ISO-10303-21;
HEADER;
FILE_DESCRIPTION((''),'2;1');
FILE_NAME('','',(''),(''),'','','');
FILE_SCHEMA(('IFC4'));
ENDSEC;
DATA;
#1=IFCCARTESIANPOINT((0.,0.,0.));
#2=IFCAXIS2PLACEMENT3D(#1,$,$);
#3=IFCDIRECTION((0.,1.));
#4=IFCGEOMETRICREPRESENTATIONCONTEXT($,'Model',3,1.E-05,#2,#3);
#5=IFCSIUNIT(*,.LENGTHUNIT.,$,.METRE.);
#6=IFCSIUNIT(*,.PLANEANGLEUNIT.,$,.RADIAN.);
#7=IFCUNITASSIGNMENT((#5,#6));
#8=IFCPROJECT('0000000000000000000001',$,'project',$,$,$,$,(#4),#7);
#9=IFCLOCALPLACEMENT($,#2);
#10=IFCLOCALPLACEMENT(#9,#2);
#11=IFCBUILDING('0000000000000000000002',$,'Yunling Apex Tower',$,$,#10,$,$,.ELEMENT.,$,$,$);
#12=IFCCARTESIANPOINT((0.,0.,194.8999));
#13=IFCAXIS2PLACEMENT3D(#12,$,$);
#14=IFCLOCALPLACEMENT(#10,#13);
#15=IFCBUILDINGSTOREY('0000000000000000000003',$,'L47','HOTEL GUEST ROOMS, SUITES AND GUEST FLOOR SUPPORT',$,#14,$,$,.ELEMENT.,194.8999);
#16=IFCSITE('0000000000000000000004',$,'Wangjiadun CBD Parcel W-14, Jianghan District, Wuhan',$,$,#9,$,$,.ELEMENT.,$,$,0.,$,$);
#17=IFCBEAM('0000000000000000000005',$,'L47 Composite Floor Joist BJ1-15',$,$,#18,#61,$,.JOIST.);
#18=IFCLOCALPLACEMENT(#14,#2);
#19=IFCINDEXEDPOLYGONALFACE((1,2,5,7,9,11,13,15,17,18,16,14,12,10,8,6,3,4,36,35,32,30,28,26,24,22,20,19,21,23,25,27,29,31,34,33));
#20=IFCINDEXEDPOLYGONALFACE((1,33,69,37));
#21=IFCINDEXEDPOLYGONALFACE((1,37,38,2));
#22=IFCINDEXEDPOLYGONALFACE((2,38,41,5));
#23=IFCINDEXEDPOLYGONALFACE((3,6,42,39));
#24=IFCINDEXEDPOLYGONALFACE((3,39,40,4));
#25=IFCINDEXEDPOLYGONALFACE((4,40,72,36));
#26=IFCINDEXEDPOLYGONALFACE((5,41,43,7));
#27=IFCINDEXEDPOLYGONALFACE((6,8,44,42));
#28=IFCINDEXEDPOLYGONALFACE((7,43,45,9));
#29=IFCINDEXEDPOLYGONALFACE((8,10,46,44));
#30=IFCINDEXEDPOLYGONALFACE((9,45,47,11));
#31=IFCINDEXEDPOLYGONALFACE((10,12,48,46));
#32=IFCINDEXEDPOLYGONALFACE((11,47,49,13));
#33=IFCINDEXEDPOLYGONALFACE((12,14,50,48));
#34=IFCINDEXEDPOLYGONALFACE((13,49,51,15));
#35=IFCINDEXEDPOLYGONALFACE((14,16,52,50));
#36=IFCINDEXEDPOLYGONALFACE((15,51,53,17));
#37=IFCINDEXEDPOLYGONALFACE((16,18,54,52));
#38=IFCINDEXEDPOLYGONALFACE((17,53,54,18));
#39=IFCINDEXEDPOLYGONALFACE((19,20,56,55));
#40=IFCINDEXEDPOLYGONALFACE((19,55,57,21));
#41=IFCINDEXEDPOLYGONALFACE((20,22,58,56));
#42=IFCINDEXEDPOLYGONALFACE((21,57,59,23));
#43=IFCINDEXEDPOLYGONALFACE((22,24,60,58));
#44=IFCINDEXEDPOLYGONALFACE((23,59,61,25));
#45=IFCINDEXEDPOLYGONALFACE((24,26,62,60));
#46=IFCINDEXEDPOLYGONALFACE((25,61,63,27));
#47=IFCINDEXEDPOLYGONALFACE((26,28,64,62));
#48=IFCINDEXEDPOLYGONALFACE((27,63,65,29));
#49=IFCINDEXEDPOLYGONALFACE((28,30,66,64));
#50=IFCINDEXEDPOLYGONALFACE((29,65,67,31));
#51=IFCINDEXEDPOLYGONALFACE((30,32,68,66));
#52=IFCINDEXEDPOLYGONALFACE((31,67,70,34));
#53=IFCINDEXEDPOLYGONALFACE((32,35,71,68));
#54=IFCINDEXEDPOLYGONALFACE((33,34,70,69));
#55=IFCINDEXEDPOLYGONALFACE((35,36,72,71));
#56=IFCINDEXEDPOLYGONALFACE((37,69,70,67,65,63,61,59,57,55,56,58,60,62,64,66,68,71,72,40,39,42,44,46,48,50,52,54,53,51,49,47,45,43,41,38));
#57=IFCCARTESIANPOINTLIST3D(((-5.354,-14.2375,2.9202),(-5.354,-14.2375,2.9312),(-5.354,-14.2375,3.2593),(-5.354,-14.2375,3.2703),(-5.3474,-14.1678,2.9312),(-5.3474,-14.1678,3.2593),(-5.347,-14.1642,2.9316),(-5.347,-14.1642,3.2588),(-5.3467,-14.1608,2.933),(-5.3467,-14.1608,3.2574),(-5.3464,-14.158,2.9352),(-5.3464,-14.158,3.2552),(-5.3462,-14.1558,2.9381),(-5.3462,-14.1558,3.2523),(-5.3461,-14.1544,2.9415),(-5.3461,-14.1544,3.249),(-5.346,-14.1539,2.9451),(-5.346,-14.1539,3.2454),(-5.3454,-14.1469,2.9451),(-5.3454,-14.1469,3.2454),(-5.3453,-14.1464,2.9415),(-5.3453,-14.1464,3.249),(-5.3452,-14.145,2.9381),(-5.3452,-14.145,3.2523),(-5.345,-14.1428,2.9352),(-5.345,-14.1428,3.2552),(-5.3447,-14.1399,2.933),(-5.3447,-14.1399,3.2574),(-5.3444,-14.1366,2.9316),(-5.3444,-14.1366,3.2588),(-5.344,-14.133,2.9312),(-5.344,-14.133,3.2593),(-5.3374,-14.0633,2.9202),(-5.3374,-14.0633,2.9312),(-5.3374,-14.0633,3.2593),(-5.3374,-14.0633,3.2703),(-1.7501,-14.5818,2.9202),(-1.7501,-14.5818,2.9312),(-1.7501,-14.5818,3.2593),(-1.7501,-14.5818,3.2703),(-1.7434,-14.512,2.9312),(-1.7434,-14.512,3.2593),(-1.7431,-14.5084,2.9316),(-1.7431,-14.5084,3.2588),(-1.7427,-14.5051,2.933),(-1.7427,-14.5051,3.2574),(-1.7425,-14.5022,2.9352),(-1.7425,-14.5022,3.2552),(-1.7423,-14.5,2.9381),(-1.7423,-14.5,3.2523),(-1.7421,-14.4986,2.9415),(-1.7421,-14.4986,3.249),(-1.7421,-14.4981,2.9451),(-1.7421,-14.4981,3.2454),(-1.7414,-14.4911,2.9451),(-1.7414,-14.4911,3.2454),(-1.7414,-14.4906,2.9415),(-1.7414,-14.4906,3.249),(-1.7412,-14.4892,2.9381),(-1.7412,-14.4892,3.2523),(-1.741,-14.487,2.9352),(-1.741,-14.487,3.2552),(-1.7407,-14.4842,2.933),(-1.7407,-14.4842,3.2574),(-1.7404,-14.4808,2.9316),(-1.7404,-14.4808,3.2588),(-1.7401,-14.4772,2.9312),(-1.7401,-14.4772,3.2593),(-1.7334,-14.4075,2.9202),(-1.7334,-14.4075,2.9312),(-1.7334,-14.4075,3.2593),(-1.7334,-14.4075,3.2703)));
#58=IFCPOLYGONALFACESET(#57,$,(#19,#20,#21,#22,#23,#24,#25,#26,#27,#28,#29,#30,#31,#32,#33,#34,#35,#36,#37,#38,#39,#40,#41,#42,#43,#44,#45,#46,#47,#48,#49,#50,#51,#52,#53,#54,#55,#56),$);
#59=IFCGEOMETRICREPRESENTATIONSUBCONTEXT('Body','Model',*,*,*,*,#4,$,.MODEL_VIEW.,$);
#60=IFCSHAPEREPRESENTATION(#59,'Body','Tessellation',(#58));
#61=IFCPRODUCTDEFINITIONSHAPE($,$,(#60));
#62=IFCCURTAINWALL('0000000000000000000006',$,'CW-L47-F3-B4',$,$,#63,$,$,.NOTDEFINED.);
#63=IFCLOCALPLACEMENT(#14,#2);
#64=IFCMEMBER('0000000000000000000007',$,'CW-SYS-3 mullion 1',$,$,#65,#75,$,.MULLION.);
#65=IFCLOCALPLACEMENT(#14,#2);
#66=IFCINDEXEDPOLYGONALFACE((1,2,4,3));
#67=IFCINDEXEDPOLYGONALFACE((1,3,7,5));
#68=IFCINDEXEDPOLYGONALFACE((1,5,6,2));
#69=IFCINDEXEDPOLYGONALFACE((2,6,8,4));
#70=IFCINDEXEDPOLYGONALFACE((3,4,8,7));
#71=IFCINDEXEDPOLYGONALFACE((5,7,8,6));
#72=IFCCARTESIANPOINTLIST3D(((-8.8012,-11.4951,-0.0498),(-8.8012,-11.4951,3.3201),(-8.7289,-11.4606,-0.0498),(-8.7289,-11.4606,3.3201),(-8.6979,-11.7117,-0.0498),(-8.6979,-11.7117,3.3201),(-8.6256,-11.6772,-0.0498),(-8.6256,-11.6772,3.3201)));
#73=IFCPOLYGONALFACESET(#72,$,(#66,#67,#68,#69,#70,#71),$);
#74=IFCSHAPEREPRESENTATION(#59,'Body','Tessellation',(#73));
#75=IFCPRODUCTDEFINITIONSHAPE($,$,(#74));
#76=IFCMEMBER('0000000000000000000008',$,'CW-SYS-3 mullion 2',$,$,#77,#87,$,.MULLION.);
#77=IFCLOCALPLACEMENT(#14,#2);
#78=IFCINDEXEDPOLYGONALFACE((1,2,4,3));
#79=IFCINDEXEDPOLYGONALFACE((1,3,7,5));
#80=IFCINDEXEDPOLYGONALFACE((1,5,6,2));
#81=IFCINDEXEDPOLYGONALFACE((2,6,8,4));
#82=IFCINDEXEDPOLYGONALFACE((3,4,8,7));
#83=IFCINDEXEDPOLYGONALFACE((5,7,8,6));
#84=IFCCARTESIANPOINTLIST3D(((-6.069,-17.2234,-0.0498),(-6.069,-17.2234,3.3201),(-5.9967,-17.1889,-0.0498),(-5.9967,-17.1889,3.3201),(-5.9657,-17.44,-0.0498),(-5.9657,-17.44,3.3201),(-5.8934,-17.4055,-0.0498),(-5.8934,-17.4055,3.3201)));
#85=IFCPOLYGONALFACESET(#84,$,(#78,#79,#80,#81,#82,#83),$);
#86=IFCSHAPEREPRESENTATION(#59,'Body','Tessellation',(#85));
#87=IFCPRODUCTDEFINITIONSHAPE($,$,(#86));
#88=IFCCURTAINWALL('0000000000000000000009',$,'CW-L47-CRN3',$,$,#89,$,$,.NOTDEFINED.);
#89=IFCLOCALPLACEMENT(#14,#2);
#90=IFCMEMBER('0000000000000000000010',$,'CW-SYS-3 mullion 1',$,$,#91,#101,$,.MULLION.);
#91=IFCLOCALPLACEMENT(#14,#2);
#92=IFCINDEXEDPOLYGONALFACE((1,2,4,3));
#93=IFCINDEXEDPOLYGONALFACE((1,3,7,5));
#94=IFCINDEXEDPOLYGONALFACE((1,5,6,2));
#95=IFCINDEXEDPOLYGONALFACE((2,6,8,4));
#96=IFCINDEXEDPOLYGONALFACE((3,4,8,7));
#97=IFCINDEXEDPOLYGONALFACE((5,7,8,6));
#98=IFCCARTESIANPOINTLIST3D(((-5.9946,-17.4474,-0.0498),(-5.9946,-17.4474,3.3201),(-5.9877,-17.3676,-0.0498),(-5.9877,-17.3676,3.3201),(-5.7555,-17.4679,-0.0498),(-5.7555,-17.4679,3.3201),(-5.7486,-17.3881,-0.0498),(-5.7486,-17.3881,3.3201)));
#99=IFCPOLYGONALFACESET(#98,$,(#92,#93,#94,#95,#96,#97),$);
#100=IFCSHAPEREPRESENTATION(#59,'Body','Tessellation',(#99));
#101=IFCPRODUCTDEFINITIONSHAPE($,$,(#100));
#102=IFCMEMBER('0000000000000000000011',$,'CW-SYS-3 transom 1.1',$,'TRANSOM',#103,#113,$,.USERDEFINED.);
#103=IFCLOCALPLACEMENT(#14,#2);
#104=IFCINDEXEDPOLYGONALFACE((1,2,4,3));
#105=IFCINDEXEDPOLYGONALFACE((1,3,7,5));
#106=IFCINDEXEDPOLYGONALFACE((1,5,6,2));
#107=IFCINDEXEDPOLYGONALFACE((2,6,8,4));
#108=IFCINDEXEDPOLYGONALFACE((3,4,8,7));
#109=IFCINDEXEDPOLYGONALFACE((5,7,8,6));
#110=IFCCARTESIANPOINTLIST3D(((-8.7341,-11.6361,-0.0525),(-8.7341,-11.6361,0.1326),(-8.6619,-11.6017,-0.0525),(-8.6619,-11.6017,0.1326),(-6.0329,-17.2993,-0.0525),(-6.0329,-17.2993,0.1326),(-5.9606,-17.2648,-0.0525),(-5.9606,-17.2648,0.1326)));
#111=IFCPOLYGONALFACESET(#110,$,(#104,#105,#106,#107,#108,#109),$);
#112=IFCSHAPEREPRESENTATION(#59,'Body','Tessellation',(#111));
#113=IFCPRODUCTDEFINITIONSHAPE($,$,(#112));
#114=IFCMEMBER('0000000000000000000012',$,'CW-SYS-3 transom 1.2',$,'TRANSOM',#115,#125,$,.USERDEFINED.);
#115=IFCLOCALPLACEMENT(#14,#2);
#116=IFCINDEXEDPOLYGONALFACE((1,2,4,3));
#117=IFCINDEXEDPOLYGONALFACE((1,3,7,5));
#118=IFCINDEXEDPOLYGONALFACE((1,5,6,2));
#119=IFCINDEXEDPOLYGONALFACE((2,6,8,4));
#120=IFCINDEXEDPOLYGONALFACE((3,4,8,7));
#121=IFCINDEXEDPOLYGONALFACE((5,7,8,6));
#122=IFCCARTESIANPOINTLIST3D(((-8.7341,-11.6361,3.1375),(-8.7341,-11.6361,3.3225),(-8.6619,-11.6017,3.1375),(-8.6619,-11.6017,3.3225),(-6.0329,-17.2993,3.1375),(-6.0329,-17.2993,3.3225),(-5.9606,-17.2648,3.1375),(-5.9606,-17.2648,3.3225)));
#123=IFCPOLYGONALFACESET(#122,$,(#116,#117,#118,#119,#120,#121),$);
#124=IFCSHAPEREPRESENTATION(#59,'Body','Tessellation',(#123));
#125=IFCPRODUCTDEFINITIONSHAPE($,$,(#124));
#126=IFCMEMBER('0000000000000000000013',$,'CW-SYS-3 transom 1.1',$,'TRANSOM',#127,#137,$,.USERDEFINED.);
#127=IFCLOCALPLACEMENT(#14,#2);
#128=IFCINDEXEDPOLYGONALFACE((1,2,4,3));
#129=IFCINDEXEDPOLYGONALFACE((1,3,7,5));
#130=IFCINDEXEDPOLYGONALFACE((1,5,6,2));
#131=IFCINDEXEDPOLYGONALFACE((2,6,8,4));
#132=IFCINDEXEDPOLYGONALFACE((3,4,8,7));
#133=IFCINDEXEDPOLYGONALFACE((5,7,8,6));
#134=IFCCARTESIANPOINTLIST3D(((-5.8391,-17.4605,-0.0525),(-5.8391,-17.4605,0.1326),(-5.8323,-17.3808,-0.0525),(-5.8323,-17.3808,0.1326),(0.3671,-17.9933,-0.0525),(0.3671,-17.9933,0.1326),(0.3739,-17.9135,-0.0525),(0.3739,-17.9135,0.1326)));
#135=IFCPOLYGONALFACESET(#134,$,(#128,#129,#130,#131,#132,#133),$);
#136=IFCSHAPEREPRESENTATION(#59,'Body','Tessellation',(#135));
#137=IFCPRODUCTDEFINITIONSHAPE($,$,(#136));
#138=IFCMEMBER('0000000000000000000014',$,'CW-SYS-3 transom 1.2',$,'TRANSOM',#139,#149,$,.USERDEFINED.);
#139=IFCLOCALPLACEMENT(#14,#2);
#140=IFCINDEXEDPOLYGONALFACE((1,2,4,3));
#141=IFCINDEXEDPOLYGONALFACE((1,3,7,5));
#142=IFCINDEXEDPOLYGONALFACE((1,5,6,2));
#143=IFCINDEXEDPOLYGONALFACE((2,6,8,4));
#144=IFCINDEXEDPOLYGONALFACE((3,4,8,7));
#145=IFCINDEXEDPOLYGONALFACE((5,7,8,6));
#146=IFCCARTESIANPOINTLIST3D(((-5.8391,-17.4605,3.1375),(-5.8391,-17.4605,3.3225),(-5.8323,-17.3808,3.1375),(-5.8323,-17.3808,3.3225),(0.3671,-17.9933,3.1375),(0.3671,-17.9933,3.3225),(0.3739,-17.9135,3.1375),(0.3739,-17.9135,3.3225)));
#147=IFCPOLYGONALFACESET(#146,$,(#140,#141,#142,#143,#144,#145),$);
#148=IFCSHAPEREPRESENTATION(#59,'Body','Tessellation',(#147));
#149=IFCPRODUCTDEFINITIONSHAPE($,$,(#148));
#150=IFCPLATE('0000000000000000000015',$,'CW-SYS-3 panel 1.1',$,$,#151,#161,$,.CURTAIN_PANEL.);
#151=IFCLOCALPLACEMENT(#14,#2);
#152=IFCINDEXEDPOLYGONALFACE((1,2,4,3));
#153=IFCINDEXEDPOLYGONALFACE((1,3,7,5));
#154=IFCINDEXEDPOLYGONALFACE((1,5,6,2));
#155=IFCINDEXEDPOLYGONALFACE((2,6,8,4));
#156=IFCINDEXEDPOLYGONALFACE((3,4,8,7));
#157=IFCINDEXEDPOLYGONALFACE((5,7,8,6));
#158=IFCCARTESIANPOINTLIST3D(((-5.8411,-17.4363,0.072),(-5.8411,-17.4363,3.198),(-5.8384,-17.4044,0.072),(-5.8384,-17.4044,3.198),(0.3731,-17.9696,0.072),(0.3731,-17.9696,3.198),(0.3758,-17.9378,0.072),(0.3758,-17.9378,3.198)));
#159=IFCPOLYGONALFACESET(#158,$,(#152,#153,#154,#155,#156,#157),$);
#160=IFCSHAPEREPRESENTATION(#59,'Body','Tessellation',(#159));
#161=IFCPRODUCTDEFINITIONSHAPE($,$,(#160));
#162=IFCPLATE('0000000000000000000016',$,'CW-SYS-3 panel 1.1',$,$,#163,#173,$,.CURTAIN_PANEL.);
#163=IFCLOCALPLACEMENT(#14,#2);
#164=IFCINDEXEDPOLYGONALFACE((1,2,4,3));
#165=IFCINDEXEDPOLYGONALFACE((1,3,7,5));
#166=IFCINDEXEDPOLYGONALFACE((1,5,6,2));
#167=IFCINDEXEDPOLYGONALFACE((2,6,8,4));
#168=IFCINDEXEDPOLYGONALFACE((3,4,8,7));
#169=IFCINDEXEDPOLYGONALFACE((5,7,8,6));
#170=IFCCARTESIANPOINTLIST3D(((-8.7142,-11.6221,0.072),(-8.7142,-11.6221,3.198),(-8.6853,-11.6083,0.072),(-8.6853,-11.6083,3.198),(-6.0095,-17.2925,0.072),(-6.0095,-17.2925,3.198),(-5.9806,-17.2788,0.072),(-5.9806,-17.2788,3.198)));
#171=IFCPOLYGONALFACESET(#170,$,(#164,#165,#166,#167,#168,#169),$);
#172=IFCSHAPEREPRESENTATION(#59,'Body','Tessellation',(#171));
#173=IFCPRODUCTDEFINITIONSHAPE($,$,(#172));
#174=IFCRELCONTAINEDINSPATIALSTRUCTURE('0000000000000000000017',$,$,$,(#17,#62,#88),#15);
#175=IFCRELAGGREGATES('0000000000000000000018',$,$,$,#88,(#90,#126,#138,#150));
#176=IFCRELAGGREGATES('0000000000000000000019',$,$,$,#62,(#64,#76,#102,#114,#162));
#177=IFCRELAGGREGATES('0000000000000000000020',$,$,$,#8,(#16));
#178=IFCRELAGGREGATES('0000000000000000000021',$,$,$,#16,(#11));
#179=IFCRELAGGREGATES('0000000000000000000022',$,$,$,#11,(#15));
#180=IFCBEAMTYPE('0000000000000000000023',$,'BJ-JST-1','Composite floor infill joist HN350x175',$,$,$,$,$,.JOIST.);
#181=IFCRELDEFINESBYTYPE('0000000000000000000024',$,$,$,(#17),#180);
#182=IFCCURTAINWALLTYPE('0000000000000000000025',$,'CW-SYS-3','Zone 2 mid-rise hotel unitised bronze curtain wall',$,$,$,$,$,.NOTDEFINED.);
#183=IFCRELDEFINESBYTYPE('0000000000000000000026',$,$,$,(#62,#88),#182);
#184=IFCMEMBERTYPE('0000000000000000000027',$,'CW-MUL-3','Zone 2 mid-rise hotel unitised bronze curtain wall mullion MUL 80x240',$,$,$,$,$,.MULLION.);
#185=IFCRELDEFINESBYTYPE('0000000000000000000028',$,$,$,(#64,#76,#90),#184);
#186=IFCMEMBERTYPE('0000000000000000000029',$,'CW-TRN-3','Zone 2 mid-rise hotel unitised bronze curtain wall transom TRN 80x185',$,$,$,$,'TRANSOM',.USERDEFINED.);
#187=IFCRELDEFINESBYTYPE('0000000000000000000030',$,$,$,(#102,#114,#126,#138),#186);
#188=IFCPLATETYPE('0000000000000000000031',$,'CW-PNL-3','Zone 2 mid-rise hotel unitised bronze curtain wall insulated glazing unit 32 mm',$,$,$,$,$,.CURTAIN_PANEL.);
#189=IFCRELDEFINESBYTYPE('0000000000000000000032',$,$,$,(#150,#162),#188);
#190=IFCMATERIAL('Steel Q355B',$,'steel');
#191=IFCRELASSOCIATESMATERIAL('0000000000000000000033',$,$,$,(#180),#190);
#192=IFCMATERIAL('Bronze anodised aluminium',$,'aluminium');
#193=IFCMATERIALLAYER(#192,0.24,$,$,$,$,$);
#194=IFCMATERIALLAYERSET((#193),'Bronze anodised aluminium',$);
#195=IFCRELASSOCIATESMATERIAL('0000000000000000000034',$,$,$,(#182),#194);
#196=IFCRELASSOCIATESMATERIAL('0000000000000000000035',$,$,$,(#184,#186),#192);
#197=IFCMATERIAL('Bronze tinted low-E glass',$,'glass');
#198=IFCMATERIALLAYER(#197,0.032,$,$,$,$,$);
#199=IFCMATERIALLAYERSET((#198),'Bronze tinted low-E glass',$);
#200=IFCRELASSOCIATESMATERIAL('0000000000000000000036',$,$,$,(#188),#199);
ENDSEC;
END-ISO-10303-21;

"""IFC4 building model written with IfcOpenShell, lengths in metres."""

from ifc_helpers import new_model, si_unit, direction, frame, origin, origin_2d, place, context, subcontext, project, spatial, rectangle, i_section, extrude, source, transform, mapped, material, layer, layer_set, material_profile, profile_set, type_object, element, aggregate, save


model = new_model("IFC4")

# Units and contexts
model_context = context("Model", 3, precision=1e-05, world=origin(), true_north=direction((0.0, 1.0)))
body_context = subcontext(model_context, "Body", "Model", "MODEL_VIEW")
ifc_project = project(units=[si_unit("LENGTHUNIT", "METRE"), si_unit("PLANEANGLEUNIT", "RADIAN")], contexts=[model_context])

# Site, building, storey
site_placement = place(None, origin())
site = spatial("IfcSite", under=ifc_project, at=site_placement, Name="Wangjiadun CBD Parcel W-14, Jianghan District, Wuhan", CompositionType="ELEMENT", RefElevation=0.0)
building_placement = place(site_placement, origin())
building = spatial("IfcBuilding", under=site, at=building_placement, Name="Yunling Apex Tower", CompositionType="ELEMENT")
storey_placement = place(building_placement, frame((0.0, 0.0, 194.8999)))
storey = spatial("IfcBuildingStorey", under=building, at=storey_placement, Name="L47", Description="HOTEL GUEST ROOMS, SUITES AND GUEST FLOOR SUPPORT", CompositionType="ELEMENT", Elevation=194.8999)

# Beam
ifc_material_1 = material(Name="Steel Q355B", Category="steel")
ifc_material_profile_1 = material_profile(ifc_material_1, i_section(OverallWidth=0.175, OverallDepth=0.3501, WebThickness=0.0071, FlangeThickness=0.011, FilletRadius=0.0139, at=origin_2d()))
ifc_profile_set_1 = profile_set([ifc_material_profile_1], Name="Steel Q355B")
beam_type_1 = type_object("IfcBeamType", Name="BJ-JST-1", Description="Composite floor infill joist HN350x175", PredefinedType="JOIST", material=ifc_profile_set_1)
shared_shape_1 = source(origin(), body_context, "Body", "SweptSolid", [
    extrude(i_section(OverallWidth=0.175, OverallDepth=0.3501, WebThickness=0.0071, FlangeThickness=0.011, FilletRadius=0.0139, at=origin_2d()), origin(), (0.0, 0.0, 1.0), 3.6204),
])
beam_1_placement = place(storey_placement, frame((-5.3457, -14.1504, 3.0952), z_axis=(0.995469, -0.095083, 0.0), x_axis=(0.095083, 0.995469, 0.0)))
element("IfcBeam", 1, at=beam_1_placement, inside=storey, type_object=beam_type_1, Name="L47 Composite Floor Joist BJ1-15", PredefinedType="JOIST", context=body_context, shape_type="MappedRepresentation", body=[
    mapped(shared_shape_1, transform((0.0, 0.0, 0.0), scale=1.0)),
])

# Curtain wall, members
ifc_material_2 = material(Name="Bronze anodised aluminium", Category="aluminium")
ifc_layer_1 = layer(ifc_material_2, 0.24)
ifc_layer_set_1 = layer_set([ifc_layer_1], Name="Bronze anodised aluminium")
curtain_wall_type = type_object("IfcCurtainWallType", Name="CW-SYS-3", Description="Zone 2 mid-rise hotel unitised bronze curtain wall", PredefinedType="NOTDEFINED", material=ifc_layer_set_1)
curtain_wall_1_placement = place(storey_placement, origin())
curtain_wall_1 = element("IfcCurtainWall", 2, at=curtain_wall_1_placement, inside=storey, type_object=curtain_wall_type, Name="CW-L47-F3-B4", PredefinedType="NOTDEFINED")
ifc_material_profile_2 = material_profile(ifc_material_2, rectangle(XDim=0.0801, YDim=0.24, at=origin_2d()))
ifc_profile_set_2 = profile_set([ifc_material_profile_2], Name="Bronze anodised aluminium")
member_type_1 = type_object("IfcMemberType", Name="CW-MUL-3", Description="Zone 2 mid-rise hotel unitised bronze curtain wall mullion MUL 80x240", PredefinedType="MULLION", material=ifc_profile_set_2)
shared_shape_2 = source(origin(), body_context, "Body", "SweptSolid", [
    extrude(rectangle(XDim=0.0801, YDim=0.24, at=origin_2d()), origin(), (0.0, 0.0, 1.0), 3.3699),
])
member_1_placement = place(storey_placement, frame((-8.7134, -11.5862, -0.0498), z_axis=(0.0, 0.0, 1.0), x_axis=(0.902582, 0.430518, 0.0)))
member_1 = element("IfcMember", 3, at=member_1_placement, type_object=member_type_1, Name="CW-SYS-3 mullion 1", PredefinedType="MULLION", context=body_context, shape_type="MappedRepresentation", body=[
    mapped(shared_shape_2, transform((0.0, 0.0, 0.0), scale=1.0)),
])
member_2_placement = place(storey_placement, frame((-5.9812, -17.3145, -0.0498), z_axis=(0.0, 0.0, 1.0), x_axis=(0.902582, 0.430518, 0.0)))
member_2 = element("IfcMember", 4, at=member_2_placement, type_object=member_type_1, Name="CW-SYS-3 mullion 2", PredefinedType="MULLION", context=body_context, shape_type="MappedRepresentation", body=[
    mapped(shared_shape_2, transform((0.0, 0.0, 0.0), scale=1.0)),
])

# Curtain wall, member
curtain_wall_2_placement = place(storey_placement, origin())
curtain_wall_2 = element("IfcCurtainWall", 5, at=curtain_wall_2_placement, inside=storey, type_object=curtain_wall_type, Name="CW-L47-CRN3", PredefinedType="NOTDEFINED")
member_3_placement = place(storey_placement, frame((-5.8716, -17.4177, -0.0498), z_axis=(0.0, 0.0, 1.0), x_axis=(0.085517, 0.996337, 0.0)))
member_3 = element("IfcMember", 6, at=member_3_placement, type_object=member_type_1, Name="CW-SYS-3 mullion 1", PredefinedType="MULLION", context=body_context, shape_type="MappedRepresentation", body=[
    mapped(shared_shape_2, transform((0.0, 0.0, 0.0), scale=1.0)),
])

# Members
ifc_material_profile_3 = material_profile(ifc_material_2, rectangle(XDim=0.0801, YDim=0.1851, at=origin_2d()))
ifc_profile_set_3 = profile_set([ifc_material_profile_3], Name="Bronze anodised aluminium")
member_type_2 = type_object("IfcMemberType", Name="CW-TRN-3", Description="Zone 2 mid-rise hotel unitised bronze curtain wall transom TRN 80x185", ElementType="TRANSOM", PredefinedType="USERDEFINED", material=ifc_profile_set_3)
shared_shape_3 = source(origin(), body_context, "Body", "SweptSolid", [
    extrude(rectangle(XDim=0.0801, YDim=0.1851, at=origin_2d()), origin(), (0.0, 0.0, 1.0), 6.2744),
])
member_4_placement = place(storey_placement, frame((-8.698, -11.6189, 0.04), z_axis=(0.430513, -0.902584, 0.0), x_axis=(0.902584, 0.430513, 0.0)))
member_4 = element("IfcMember", 7, at=member_4_placement, type_object=member_type_2, Name="CW-SYS-3 transom 1.1", ObjectType="TRANSOM", PredefinedType="USERDEFINED", context=body_context, shape_type="MappedRepresentation", body=[
    mapped(shared_shape_3, transform((0.0, 0.0, 0.0), scale=1.0)),
])
member_5_placement = place(storey_placement, frame((-8.698, -11.6189, 3.23), z_axis=(0.430513, -0.902584, 0.0), x_axis=(0.902584, 0.430513, 0.0)))
member_5 = element("IfcMember", 8, at=member_5_placement, type_object=member_type_2, Name="CW-SYS-3 transom 1.2", ObjectType="TRANSOM", PredefinedType="USERDEFINED", context=body_context, shape_type="MappedRepresentation", body=[
    mapped(shared_shape_3, transform((0.0, 0.0, 0.0), scale=1.0)),
])
shared_shape_4 = source(origin(), body_context, "Body", "SweptSolid", [
    extrude(rectangle(XDim=0.0801, YDim=0.1851, at=origin_2d()), origin(), (0.0, 0.0, 1.0), 6.229),
])
member_6_placement = place(storey_placement, frame((-5.8357, -17.4207, 0.04), z_axis=(0.996336, -0.08552, 0.0), x_axis=(0.08552, 0.996336, 0.0)))
member_6 = element("IfcMember", 9, at=member_6_placement, type_object=member_type_2, Name="CW-SYS-3 transom 1.1", ObjectType="TRANSOM", PredefinedType="USERDEFINED", context=body_context, shape_type="MappedRepresentation", body=[
    mapped(shared_shape_4, transform((0.0, 0.0, 0.0), scale=1.0)),
])
member_7_placement = place(storey_placement, frame((-5.8357, -17.4207, 3.23), z_axis=(0.996336, -0.08552, 0.0), x_axis=(0.08552, 0.996336, 0.0)))
member_7 = element("IfcMember", 10, at=member_7_placement, type_object=member_type_2, Name="CW-SYS-3 transom 1.2", ObjectType="TRANSOM", PredefinedType="USERDEFINED", context=body_context, shape_type="MappedRepresentation", body=[
    mapped(shared_shape_4, transform((0.0, 0.0, 0.0), scale=1.0)),
])

# Plates
ifc_material_3 = material(Name="Bronze tinted low-E glass", Category="glass")
ifc_layer_2 = layer(ifc_material_3, 0.032)
ifc_layer_set_2 = layer_set([ifc_layer_2], Name="Bronze tinted low-E glass")
plate_type = type_object("IfcPlateType", Name="CW-PNL-3", Description="Zone 2 mid-rise hotel unitised bronze curtain wall insulated glazing unit 32 mm", PredefinedType="CURTAIN_PANEL", material=ifc_layer_set_2)
shared_shape_5 = source(origin(), body_context, "Body", "SweptSolid", [
    extrude(rectangle(XDim=6.2371, YDim=0.032, at=origin_2d()), origin(), (0.0, 0.0, 1.0), 3.126),
])
plate_1_placement = place(storey_placement, frame((-2.7327, -17.687, 0.072), z_axis=(0.0, 0.0, 1.0), x_axis=(0.996337, -0.085517, 0.0)))
plate_1 = element("IfcPlate", 11, at=plate_1_placement, type_object=plate_type, Name="CW-SYS-3 panel 1.1", PredefinedType="CURTAIN_PANEL", context=body_context, shape_type="MappedRepresentation", body=[
    mapped(shared_shape_5, transform((0.0, 0.0, 0.0), scale=1.0)),
])
aggregate(curtain_wall_2, [member_3, member_6, member_7, plate_1])
shared_shape_6 = source(origin(), body_context, "Body", "SweptSolid", [
    extrude(rectangle(XDim=6.2825, YDim=0.032, at=origin_2d()), origin(), (0.0, 0.0, 1.0), 3.126),
])
plate_2_placement = place(storey_placement, frame((-7.3474, -14.4504, 0.072), z_axis=(0.0, 0.0, 1.0), x_axis=(0.430518, -0.902582, 0.0)))
plate_2 = element("IfcPlate", 12, at=plate_2_placement, type_object=plate_type, Name="CW-SYS-3 panel 1.1", PredefinedType="CURTAIN_PANEL", context=body_context, shape_type="MappedRepresentation", body=[
    mapped(shared_shape_6, transform((0.0, 0.0, 0.0), scale=1.0)),
])
aggregate(curtain_wall_1, [member_1, member_2, member_4, member_5, plate_2])

save(model, "model.ifc")
